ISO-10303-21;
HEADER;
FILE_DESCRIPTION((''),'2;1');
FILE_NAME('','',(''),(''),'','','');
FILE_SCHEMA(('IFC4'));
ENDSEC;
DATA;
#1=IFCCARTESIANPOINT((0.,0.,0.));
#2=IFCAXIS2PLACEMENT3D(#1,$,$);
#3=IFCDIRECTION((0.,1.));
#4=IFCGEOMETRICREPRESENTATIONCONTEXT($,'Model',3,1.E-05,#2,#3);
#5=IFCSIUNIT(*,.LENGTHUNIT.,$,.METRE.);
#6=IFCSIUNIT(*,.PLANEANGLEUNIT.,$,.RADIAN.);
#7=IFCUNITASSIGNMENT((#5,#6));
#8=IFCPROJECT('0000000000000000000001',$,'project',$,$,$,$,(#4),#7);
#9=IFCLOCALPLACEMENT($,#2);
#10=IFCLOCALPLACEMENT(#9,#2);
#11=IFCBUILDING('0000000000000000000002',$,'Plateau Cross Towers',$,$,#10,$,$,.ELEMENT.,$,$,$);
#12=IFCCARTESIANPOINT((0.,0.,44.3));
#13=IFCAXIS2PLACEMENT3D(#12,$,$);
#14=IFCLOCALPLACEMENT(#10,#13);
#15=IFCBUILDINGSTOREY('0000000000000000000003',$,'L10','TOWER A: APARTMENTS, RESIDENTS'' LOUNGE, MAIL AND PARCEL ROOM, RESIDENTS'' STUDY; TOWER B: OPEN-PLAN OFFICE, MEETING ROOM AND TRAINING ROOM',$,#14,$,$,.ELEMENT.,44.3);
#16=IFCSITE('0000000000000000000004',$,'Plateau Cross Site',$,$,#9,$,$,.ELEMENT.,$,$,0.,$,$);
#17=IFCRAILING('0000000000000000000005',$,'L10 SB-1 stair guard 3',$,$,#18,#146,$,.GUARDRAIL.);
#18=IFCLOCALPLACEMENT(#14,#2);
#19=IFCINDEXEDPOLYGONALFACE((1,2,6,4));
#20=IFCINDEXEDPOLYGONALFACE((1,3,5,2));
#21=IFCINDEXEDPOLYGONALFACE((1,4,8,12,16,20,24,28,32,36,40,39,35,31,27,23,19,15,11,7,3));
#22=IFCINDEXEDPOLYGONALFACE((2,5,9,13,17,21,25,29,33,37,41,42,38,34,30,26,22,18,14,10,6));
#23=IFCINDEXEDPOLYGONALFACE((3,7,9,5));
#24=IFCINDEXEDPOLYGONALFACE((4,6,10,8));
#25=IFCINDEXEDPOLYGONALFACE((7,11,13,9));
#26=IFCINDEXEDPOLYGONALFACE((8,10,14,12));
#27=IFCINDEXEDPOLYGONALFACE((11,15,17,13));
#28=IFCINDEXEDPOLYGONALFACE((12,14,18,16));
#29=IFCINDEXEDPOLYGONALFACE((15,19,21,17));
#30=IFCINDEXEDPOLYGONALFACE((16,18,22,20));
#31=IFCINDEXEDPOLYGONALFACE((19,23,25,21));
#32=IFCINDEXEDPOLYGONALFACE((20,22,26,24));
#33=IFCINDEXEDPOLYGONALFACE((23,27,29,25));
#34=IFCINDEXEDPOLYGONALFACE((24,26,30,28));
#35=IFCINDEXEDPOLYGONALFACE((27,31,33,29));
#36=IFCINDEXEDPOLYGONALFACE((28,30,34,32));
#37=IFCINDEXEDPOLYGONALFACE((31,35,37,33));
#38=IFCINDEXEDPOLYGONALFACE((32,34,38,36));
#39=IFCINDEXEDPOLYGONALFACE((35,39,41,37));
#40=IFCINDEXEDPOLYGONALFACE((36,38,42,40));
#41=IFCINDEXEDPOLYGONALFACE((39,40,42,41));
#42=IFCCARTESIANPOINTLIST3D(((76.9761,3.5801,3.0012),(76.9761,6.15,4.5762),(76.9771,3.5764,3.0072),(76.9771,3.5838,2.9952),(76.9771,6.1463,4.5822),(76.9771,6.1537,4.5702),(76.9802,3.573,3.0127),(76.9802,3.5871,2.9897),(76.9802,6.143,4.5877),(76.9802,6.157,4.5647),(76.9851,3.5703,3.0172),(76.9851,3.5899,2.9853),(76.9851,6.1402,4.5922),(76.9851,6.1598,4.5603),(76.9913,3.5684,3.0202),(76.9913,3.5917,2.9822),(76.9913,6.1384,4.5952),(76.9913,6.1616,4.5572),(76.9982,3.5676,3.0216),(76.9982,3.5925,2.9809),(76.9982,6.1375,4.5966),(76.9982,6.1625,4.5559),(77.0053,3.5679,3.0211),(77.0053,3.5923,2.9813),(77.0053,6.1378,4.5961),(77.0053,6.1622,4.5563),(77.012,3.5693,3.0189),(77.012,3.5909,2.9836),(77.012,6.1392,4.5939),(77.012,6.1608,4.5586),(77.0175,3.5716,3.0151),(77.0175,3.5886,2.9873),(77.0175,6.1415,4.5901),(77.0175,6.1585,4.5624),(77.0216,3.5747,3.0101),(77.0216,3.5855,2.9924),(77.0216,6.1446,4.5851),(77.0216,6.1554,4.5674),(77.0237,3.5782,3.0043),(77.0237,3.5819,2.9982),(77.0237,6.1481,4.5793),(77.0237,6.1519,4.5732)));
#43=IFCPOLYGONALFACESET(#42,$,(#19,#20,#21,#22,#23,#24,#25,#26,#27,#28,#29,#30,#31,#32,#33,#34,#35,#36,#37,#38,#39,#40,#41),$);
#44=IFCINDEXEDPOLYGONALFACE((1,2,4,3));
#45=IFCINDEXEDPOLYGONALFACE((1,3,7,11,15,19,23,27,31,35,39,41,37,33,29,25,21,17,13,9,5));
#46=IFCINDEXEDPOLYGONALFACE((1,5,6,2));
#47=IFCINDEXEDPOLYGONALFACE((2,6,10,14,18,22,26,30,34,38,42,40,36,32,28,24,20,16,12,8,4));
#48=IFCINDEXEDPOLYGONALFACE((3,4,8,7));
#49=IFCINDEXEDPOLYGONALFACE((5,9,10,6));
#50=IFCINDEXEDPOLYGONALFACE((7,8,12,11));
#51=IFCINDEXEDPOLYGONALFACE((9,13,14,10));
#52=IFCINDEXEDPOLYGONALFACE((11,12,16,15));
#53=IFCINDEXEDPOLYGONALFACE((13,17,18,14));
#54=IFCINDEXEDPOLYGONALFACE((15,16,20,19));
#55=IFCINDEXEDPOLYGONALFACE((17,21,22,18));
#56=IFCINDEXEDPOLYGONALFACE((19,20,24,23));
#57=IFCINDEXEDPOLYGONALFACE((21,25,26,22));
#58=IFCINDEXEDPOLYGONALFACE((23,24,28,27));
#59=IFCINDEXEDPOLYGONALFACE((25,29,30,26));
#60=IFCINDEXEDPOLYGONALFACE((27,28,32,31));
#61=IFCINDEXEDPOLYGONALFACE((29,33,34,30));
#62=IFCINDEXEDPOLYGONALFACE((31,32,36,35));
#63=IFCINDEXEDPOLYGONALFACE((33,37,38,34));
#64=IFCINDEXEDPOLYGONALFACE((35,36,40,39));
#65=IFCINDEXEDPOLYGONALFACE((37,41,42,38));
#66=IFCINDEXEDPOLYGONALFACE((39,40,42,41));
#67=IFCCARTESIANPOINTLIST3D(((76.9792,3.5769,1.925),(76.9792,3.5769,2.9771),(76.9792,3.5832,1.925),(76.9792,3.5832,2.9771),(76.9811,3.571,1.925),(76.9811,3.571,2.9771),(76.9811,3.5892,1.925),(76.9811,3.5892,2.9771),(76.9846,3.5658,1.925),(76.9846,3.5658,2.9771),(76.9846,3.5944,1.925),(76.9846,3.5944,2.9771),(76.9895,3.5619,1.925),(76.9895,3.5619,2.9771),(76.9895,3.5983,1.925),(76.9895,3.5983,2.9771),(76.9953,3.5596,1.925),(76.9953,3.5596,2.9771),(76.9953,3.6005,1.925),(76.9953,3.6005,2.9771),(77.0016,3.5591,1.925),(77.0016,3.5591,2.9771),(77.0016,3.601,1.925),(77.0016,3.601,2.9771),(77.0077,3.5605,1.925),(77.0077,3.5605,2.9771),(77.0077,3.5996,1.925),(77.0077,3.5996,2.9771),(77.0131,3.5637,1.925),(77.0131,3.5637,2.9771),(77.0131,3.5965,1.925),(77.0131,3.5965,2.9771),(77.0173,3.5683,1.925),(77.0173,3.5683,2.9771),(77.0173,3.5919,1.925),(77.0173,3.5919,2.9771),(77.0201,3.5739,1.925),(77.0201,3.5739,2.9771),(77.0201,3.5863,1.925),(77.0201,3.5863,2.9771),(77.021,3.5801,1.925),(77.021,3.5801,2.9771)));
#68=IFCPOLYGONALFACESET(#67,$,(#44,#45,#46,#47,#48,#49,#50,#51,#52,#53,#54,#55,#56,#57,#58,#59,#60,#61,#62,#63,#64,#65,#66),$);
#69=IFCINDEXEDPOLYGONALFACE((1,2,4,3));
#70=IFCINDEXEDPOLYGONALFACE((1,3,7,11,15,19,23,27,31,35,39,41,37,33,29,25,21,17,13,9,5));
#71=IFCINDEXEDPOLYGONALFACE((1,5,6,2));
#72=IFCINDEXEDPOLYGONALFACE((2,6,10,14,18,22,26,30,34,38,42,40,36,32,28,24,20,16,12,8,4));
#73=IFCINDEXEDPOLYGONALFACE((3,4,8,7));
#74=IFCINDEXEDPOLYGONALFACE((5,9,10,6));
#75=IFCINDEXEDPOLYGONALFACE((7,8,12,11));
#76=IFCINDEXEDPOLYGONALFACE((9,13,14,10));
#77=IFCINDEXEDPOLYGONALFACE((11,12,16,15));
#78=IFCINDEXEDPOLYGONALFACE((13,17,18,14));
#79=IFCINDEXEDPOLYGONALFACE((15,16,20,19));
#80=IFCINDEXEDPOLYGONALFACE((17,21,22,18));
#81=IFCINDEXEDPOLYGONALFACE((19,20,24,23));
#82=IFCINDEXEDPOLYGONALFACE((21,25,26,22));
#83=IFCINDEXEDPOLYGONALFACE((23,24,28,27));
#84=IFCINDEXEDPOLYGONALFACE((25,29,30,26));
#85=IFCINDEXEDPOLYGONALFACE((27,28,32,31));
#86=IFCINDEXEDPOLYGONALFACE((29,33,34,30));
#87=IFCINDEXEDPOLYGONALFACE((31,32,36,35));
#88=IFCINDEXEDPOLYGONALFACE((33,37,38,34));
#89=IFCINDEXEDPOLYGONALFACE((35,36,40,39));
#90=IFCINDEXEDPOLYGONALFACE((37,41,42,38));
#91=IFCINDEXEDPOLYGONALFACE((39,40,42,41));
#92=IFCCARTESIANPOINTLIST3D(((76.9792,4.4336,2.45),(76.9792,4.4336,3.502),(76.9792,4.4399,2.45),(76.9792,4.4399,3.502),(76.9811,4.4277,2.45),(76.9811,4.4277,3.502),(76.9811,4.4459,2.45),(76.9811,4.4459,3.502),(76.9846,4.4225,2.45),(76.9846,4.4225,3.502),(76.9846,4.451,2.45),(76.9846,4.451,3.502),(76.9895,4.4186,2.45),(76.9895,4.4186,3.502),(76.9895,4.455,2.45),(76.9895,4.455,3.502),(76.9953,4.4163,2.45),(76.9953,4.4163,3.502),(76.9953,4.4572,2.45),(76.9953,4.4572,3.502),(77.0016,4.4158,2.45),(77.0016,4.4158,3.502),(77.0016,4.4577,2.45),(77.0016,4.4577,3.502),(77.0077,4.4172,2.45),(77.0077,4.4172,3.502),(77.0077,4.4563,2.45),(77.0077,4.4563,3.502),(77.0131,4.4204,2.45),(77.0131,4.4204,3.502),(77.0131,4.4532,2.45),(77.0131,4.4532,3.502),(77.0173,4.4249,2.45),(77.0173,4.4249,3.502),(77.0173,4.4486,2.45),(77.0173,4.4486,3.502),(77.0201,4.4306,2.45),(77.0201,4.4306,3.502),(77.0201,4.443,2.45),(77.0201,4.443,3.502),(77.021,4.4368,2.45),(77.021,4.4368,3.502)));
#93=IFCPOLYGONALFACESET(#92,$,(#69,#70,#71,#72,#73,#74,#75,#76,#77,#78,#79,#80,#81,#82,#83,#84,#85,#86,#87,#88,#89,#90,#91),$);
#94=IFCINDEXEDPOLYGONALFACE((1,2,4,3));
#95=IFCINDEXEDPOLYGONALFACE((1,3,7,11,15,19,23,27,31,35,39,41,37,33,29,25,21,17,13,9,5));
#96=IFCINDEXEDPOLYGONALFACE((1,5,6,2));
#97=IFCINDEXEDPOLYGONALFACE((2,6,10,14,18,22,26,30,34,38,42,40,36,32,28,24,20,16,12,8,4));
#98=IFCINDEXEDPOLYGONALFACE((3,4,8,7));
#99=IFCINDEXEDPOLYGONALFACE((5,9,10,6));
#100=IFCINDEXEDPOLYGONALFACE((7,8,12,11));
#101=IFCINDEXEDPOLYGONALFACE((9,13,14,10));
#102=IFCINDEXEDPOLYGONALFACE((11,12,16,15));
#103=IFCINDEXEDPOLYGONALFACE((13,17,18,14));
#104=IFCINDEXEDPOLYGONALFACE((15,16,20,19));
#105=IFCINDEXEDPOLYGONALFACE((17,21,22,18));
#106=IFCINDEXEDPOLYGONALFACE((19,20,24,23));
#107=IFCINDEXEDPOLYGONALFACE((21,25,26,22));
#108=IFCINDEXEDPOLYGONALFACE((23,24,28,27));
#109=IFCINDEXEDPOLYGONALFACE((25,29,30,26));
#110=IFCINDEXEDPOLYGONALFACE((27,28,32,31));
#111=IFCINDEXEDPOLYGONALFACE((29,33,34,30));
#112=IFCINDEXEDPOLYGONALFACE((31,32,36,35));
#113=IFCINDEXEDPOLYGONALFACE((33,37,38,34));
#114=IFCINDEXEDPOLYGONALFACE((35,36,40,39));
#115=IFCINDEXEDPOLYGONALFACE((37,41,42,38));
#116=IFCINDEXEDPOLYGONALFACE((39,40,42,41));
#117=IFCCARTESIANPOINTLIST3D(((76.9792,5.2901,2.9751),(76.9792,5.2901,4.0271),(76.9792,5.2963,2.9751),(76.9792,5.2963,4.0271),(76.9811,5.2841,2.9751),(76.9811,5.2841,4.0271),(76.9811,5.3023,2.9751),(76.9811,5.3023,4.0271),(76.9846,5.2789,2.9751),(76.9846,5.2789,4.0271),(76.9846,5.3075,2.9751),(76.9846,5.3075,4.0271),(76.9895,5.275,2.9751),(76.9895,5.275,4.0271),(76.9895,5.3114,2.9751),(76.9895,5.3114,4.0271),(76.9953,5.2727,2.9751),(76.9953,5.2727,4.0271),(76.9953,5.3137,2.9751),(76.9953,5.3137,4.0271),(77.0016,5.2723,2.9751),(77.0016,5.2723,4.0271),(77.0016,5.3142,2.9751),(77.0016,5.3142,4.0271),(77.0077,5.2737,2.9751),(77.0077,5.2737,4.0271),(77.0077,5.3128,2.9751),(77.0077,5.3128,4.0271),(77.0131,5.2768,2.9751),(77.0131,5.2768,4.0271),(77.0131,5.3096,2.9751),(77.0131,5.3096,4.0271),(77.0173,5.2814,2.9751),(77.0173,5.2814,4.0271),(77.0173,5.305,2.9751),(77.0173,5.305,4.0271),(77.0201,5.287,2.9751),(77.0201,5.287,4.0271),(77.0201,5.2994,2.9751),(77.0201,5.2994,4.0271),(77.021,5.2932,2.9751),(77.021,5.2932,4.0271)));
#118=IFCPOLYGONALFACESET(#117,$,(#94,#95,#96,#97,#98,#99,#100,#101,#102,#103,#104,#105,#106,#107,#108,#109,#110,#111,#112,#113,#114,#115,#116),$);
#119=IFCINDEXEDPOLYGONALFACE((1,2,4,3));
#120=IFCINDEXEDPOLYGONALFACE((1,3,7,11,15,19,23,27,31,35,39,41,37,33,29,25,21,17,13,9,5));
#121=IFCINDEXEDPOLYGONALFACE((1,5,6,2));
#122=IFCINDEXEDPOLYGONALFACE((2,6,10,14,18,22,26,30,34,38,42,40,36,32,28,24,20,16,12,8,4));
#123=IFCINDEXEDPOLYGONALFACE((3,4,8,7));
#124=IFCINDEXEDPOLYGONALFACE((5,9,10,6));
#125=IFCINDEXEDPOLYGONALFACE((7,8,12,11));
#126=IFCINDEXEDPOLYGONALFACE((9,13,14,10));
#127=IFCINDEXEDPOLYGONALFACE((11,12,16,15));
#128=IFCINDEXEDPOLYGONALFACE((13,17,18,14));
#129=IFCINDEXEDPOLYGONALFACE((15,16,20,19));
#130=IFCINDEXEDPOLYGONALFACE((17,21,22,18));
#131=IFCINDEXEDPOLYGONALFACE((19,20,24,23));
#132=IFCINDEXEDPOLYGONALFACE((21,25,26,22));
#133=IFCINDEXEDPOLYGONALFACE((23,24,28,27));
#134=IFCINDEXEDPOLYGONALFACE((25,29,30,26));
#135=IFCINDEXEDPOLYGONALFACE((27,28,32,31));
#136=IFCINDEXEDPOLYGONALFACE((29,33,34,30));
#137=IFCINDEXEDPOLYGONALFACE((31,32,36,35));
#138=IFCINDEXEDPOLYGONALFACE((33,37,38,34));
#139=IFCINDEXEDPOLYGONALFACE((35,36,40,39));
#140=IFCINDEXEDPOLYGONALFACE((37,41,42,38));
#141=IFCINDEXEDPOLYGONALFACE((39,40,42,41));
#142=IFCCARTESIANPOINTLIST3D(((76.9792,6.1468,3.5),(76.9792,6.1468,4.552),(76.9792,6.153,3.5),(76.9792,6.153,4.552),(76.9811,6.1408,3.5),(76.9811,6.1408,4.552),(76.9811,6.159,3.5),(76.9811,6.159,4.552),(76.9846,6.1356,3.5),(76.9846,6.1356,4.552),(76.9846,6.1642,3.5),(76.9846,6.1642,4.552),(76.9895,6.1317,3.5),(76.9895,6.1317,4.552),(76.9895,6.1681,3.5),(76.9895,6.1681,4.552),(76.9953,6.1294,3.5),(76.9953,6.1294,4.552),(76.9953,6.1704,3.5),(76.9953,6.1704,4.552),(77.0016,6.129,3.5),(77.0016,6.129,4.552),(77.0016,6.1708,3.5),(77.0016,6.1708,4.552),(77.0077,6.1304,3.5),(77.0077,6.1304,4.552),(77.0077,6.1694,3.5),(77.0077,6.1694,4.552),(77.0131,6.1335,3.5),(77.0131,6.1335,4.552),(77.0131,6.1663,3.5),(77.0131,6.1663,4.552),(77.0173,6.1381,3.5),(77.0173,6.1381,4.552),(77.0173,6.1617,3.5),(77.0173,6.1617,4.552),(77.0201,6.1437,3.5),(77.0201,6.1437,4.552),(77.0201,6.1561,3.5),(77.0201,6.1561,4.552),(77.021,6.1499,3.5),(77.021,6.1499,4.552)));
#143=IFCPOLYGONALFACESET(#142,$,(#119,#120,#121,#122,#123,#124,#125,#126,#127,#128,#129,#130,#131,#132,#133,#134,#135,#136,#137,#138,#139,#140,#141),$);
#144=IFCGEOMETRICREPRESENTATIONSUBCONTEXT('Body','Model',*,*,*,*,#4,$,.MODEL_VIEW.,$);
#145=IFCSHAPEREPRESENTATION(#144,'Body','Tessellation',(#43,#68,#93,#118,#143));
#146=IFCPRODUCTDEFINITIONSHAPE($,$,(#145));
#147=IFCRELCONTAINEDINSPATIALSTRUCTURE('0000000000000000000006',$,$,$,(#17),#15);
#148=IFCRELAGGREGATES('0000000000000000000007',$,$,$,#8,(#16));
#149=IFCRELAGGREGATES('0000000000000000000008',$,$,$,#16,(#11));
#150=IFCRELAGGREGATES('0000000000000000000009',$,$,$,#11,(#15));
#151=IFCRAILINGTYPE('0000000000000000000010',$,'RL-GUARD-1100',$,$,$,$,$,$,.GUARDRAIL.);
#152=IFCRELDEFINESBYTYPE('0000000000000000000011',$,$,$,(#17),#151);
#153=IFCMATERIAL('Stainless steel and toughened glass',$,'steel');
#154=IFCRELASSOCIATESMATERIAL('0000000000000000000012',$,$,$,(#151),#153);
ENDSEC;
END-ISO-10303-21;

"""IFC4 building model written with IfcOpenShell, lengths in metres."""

from ifc_helpers import new_model, si_unit, direction, frame, origin, origin_2d, place, context, subcontext, project, spatial, circle, extrude, material, type_object, element, save


model = new_model("IFC4")

# Units and contexts
model_context = context("Model", 3, precision=1e-05, world=origin(), true_north=direction((0.0, 1.0)))
body_context = subcontext(model_context, "Body", "Model", "MODEL_VIEW")
ifc_project = project(units=[si_unit("LENGTHUNIT", "METRE"), si_unit("PLANEANGLEUNIT", "RADIAN")], contexts=[model_context])

# Site, building, storey
site_placement = place(None, origin())
site = spatial("IfcSite", under=ifc_project, at=site_placement, Name="Plateau Cross Site", CompositionType="ELEMENT", RefElevation=0.0)
building_placement = place(site_placement, origin())
building = spatial("IfcBuilding", under=site, at=building_placement, Name="Plateau Cross Towers", CompositionType="ELEMENT")
storey_placement = place(building_placement, frame((0.0, 0.0, 44.3)))
storey = spatial("IfcBuildingStorey", under=building, at=storey_placement, Name="L10", Description="TOWER A: APARTMENTS, RESIDENTS' LOUNGE, MAIL AND PARCEL ROOM, RESIDENTS' STUDY; TOWER B: OPEN-PLAN OFFICE, MEETING ROOM AND TRAINING ROOM", CompositionType="ELEMENT", Elevation=44.3)

# Railing
ifc_material_1 = material(Name="Stainless steel and toughened glass", Category="steel")
railing_type_1 = type_object("IfcRailingType", Name="RL-GUARD-1100", PredefinedType="GUARDRAIL", material=ifc_material_1)
railing_1_placement = place(storey_placement, frame((77.0, 3.5801, 1.925)))
element("IfcRailing", 1, at=railing_1_placement, inside=storey, type_object=railing_type_1, Name="L10 SB-1 stair guard 3", PredefinedType="GUARDRAIL", context=body_context, shape_type="SweptSolid", body=[
    extrude(circle(Radius=0.0239, at=origin_2d()), frame((0.0, 0.0, 1.0762), z_axis=(0.0, 0.852616, 0.522537), x_axis=(-1.0, 0.0, 0.0)), (0.0, 0.0, 1.0), 3.0142),
    extrude(circle(Radius=0.021, at=origin_2d()), origin(), (0.0, 0.0, 1.0), 1.052),
    extrude(circle(Radius=0.021, at=origin_2d()), frame((0.0, 0.8567, 0.5249)), (0.0, 0.0, 1.0), 1.052),
    extrude(circle(Radius=0.021, at=origin_2d()), frame((0.0, 1.7131, 1.05)), (0.0, 0.0, 1.0), 1.052),
    extrude(circle(Radius=0.021, at=origin_2d()), frame((0.0, 2.5698, 1.575)), (0.0, 0.0, 1.0), 1.052),
])

save(model, "model.ifc")
